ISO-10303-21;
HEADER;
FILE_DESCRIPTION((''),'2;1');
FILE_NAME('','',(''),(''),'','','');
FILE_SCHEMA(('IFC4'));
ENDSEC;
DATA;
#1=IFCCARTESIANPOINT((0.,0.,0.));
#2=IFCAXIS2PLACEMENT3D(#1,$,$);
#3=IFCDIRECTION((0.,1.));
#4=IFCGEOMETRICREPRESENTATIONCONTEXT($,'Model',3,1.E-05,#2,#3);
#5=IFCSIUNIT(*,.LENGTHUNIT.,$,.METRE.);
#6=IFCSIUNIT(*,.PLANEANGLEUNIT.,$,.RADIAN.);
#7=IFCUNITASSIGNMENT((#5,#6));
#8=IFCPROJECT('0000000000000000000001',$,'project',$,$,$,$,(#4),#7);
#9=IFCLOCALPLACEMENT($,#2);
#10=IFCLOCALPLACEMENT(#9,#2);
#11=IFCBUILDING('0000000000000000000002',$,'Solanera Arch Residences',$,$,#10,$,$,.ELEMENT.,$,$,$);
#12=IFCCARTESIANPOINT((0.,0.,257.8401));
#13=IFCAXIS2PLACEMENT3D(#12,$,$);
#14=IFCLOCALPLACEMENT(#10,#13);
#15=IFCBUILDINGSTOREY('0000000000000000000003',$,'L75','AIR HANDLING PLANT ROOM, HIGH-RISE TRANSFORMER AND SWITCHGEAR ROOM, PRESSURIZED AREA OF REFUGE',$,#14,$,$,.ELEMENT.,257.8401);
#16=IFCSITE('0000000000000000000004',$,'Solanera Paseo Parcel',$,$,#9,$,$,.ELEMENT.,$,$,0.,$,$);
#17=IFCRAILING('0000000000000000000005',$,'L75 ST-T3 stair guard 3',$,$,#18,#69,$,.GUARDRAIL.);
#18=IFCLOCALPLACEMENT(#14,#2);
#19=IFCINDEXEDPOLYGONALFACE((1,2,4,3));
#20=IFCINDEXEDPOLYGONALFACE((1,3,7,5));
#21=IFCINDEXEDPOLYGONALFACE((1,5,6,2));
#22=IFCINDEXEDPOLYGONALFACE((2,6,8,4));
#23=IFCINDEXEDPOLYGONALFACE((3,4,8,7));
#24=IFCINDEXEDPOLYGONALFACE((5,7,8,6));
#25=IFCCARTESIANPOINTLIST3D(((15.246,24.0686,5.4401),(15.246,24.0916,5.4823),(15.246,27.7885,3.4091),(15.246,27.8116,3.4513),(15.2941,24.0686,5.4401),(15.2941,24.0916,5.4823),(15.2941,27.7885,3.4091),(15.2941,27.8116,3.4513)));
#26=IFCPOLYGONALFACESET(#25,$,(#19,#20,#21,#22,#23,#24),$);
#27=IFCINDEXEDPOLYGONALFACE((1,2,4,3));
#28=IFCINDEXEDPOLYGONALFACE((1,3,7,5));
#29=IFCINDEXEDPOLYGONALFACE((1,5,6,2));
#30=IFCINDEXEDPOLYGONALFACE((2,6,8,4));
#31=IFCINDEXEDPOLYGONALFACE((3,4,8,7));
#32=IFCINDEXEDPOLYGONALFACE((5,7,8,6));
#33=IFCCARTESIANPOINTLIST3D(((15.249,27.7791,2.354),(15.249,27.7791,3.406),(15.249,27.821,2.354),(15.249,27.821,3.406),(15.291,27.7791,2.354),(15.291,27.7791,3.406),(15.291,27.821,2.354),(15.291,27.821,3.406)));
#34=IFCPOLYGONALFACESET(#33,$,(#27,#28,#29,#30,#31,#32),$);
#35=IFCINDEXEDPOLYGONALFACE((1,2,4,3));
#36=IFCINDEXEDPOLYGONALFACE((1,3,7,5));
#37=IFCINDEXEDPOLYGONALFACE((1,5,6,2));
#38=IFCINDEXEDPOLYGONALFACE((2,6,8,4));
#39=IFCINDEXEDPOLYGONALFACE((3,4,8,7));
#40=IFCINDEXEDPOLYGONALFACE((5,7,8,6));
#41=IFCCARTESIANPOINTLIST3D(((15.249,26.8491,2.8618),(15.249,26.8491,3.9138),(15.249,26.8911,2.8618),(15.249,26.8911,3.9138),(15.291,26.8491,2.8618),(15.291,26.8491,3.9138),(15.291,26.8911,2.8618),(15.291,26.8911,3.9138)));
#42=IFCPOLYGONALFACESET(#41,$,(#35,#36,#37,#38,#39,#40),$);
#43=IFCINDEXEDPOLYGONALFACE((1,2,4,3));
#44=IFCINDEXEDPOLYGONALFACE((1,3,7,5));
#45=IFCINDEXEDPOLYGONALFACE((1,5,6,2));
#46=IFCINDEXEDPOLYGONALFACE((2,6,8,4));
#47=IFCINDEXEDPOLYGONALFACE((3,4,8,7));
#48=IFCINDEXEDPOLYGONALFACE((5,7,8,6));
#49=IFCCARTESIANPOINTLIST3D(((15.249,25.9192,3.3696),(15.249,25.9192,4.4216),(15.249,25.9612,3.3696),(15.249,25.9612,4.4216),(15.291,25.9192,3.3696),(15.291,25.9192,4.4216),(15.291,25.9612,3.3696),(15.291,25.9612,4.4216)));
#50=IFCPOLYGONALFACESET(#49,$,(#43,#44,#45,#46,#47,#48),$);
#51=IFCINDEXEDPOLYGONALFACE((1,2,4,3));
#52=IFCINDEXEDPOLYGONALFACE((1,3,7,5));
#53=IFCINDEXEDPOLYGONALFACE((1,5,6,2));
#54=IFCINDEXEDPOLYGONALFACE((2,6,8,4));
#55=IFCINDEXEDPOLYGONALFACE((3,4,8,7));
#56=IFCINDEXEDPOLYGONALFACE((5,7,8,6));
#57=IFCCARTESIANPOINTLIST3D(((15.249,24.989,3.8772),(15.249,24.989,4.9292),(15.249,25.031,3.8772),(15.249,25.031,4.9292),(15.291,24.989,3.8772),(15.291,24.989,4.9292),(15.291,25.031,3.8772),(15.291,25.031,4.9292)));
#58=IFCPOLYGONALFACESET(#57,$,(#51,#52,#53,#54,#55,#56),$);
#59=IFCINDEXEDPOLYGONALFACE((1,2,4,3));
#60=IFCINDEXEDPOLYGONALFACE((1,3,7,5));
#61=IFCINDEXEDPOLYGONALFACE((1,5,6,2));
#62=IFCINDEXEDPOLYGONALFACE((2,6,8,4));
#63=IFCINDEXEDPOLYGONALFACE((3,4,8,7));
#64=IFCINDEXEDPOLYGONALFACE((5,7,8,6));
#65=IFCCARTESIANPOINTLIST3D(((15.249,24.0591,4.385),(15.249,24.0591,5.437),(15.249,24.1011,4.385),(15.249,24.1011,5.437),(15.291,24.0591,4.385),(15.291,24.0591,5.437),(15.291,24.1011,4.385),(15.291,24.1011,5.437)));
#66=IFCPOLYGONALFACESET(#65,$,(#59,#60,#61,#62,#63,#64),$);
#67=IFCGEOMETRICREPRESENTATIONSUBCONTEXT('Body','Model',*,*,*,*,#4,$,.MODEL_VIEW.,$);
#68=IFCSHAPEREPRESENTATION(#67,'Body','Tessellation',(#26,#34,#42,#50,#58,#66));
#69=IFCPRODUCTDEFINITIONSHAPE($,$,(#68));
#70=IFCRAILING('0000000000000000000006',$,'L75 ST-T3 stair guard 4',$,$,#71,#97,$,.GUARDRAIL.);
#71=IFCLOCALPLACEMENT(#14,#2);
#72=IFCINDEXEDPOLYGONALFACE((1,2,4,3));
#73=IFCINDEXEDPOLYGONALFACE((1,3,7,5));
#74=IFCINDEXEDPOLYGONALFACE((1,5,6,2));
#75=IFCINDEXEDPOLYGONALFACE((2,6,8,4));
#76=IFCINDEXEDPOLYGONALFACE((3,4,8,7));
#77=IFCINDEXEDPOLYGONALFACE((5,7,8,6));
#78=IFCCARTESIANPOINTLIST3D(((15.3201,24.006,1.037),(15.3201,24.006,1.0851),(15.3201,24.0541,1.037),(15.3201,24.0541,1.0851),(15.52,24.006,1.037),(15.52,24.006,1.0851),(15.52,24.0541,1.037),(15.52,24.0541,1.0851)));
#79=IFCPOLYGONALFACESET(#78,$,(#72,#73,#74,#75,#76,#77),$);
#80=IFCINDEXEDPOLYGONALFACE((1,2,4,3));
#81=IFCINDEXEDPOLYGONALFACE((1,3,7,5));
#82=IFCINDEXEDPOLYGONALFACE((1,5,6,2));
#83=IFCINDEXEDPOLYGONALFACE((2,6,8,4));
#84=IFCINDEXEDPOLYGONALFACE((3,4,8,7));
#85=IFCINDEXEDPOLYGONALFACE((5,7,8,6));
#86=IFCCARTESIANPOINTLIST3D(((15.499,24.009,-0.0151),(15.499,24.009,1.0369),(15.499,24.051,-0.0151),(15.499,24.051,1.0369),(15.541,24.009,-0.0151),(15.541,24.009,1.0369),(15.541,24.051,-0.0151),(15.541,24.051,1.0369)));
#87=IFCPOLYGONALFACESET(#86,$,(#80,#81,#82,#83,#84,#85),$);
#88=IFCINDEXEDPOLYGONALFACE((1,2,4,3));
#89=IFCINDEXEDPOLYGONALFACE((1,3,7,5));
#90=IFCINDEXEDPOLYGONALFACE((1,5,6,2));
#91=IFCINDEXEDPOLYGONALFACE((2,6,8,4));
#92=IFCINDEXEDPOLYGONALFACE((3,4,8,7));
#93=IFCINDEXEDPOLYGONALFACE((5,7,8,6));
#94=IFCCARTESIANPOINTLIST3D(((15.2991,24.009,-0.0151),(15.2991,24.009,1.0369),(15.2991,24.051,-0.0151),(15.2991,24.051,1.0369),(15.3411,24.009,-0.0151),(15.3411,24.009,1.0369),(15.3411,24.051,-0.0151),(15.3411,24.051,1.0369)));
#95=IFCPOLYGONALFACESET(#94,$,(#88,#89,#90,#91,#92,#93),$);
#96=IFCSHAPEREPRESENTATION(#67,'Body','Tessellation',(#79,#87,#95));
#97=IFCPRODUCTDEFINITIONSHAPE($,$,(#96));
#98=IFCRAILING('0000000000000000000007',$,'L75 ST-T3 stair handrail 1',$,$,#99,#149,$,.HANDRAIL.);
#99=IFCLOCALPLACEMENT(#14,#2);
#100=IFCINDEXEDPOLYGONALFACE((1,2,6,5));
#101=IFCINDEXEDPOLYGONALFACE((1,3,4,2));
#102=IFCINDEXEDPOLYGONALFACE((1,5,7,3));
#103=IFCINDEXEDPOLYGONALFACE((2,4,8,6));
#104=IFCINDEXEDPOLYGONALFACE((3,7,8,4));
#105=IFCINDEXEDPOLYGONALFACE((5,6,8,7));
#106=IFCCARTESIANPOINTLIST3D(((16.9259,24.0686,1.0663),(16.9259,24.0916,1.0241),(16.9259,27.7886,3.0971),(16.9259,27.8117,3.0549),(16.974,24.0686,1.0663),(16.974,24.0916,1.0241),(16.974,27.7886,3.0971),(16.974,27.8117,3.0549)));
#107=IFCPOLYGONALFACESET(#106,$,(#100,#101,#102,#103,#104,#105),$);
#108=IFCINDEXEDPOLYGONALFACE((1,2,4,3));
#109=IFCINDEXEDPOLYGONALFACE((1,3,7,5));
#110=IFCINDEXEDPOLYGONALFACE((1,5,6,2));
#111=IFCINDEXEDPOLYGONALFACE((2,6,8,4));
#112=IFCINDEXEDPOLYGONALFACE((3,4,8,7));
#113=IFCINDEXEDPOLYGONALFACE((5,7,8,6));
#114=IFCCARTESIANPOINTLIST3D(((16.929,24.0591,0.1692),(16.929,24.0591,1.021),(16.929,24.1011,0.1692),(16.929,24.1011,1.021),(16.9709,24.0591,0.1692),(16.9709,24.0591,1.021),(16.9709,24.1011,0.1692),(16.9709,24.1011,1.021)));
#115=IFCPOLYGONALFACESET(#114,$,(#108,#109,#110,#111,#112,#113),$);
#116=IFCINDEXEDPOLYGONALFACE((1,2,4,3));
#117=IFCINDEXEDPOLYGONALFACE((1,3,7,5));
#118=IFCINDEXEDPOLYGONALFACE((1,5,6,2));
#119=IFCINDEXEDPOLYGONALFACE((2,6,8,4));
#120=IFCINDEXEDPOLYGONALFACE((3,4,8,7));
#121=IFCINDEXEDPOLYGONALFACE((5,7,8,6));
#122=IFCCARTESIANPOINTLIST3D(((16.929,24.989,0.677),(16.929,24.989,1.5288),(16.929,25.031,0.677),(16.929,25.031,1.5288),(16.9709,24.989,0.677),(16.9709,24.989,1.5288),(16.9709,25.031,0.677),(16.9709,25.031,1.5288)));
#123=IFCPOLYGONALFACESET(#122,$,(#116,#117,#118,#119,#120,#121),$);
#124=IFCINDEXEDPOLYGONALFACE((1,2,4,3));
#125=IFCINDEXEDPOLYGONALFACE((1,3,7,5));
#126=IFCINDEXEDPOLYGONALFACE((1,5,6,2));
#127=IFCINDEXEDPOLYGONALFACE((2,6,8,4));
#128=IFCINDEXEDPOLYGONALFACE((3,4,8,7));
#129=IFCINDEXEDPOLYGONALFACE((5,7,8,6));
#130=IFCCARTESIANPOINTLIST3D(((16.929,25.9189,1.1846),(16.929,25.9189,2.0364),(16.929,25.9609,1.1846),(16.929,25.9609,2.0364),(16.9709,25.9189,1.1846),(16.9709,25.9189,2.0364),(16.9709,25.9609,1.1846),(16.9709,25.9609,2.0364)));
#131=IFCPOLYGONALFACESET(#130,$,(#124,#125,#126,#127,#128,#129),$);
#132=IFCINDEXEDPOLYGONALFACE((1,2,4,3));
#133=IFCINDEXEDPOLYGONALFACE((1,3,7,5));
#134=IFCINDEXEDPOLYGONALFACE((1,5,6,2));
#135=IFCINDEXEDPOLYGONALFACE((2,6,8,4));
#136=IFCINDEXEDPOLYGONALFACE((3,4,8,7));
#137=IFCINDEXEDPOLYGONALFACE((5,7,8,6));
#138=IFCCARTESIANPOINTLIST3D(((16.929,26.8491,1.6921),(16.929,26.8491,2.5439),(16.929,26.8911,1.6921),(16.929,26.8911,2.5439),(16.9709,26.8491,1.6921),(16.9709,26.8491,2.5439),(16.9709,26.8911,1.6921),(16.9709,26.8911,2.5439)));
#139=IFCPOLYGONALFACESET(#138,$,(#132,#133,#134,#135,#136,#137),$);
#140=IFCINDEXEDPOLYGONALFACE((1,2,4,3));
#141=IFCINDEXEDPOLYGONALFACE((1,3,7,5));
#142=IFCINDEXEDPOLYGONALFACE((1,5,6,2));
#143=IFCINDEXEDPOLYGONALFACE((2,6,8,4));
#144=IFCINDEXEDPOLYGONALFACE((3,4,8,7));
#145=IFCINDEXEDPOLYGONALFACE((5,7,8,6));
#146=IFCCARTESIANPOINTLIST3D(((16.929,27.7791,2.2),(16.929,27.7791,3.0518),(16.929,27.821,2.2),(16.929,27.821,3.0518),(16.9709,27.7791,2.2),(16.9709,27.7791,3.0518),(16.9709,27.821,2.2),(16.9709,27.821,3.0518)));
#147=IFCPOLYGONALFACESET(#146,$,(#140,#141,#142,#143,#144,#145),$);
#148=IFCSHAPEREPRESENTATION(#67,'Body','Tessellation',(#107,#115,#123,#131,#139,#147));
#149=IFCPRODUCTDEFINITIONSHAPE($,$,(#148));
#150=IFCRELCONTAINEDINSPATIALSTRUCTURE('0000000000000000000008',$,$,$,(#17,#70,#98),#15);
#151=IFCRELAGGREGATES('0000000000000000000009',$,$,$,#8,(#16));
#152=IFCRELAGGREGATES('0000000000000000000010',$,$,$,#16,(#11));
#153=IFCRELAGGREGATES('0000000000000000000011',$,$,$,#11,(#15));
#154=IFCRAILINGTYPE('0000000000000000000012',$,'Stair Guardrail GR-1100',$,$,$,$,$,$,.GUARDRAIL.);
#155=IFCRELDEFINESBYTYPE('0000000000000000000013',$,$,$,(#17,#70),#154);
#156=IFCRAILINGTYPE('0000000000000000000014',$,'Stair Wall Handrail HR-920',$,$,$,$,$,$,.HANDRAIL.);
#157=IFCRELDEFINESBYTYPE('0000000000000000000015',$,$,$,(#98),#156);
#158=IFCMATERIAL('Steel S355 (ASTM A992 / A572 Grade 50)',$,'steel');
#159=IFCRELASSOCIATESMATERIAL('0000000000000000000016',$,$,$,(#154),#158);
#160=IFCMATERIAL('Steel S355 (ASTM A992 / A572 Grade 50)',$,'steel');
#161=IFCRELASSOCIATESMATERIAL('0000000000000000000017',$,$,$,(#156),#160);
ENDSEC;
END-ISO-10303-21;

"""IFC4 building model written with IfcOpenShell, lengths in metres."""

from ifc_helpers import new_model, si_unit, direction, frame, origin, origin_2d, place, context, subcontext, project, spatial, rectangle, extrude, material, type_object, element, save


model = new_model("IFC4")

# Units and contexts
model_context = context("Model", 3, precision=1e-05, world=origin(), true_north=direction((0.0, 1.0)))
body_context = subcontext(model_context, "Body", "Model", "MODEL_VIEW")
ifc_project = project(units=[si_unit("LENGTHUNIT", "METRE"), si_unit("PLANEANGLEUNIT", "RADIAN")], contexts=[model_context])

# Site, building, storey
site_placement = place(None, origin())
site = spatial("IfcSite", under=ifc_project, at=site_placement, Name="Solanera Paseo Parcel", CompositionType="ELEMENT", RefElevation=0.0)
building_placement = place(site_placement, origin())
building = spatial("IfcBuilding", under=site, at=building_placement, Name="Solanera Arch Residences", CompositionType="ELEMENT")
storey_placement = place(building_placement, frame((0.0, 0.0, 257.8401)))
storey = spatial("IfcBuildingStorey", under=building, at=storey_placement, Name="L75", Description="AIR HANDLING PLANT ROOM, HIGH-RISE TRANSFORMER AND SWITCHGEAR ROOM, PRESSURIZED AREA OF REFUGE", CompositionType="ELEMENT", Elevation=257.8401)

# Railings
ifc_material_1 = material(Name="Steel S355 (ASTM A992 / A572 Grade 50)", Category="steel")
railing_type_1 = type_object("IfcRailingType", Name="Stair Guardrail GR-1100", PredefinedType="GUARDRAIL", material=ifc_material_1)
railing_1_placement = place(storey_placement, frame((15.27, 27.8, 2.354)))
element("IfcRailing", 1, at=railing_1_placement, inside=storey, type_object=railing_type_1, Name="L75 ST-T3 stair guard 3", PredefinedType="GUARDRAIL", context=body_context, shape_type="SweptSolid", body=[
    extrude(rectangle(XDim=0.0481, YDim=0.0481, at=origin_2d()), frame((0.0, 0.0, 1.0762), z_axis=(0.0, -0.877704, 0.479203), x_axis=(1.0, 0.0, 0.0)), (0.0, 0.0, 1.0), 4.2383),
    extrude(rectangle(XDim=0.042, YDim=0.042, at=origin_2d()), origin(), (0.0, 0.0, 1.0), 1.052),
    extrude(rectangle(XDim=0.042, YDim=0.042, at=origin_2d()), frame((0.0, -0.9299, 0.5078)), (0.0, 0.0, 1.0), 1.052),
    extrude(rectangle(XDim=0.042, YDim=0.042, at=origin_2d()), frame((0.0, -1.8599, 1.0156)), (0.0, 0.0, 1.0), 1.052),
    extrude(rectangle(XDim=0.042, YDim=0.042, at=origin_2d()), frame((0.0, -2.79, 1.5232)), (0.0, 0.0, 1.0), 1.052),
    extrude(rectangle(XDim=0.042, YDim=0.042, at=origin_2d()), frame((0.0, -3.72, 2.031)), (0.0, 0.0, 1.0), 1.052),
])
railing_2_placement = place(storey_placement, frame((15.52, 24.03, -0.0151)))
element("IfcRailing", 2, at=railing_2_placement, inside=storey, type_object=railing_type_1, Name="L75 ST-T3 stair guard 4", PredefinedType="GUARDRAIL", context=body_context, shape_type="SweptSolid", body=[
    extrude(rectangle(XDim=0.0481, YDim=0.0481, at=origin_2d()), frame((0.0, 0.0, 1.0762), z_axis=(-1.0, 0.0, 0.0), x_axis=(0.0, -1.0, 0.0)), (0.0, 0.0, 1.0), 0.2),
    extrude(rectangle(XDim=0.042, YDim=0.042, at=origin_2d()), origin(), (0.0, 0.0, 1.0), 1.052),
    extrude(rectangle(XDim=0.042, YDim=0.042, at=origin_2d()), frame((-0.2, 0.0, 0.0)), (0.0, 0.0, 1.0), 1.052),
])
ifc_material_2 = material(Name="Steel S355 (ASTM A992 / A572 Grade 50)", Category="steel")
railing_type_2 = type_object("IfcRailingType", Name="Stair Wall Handrail HR-920", PredefinedType="HANDRAIL", material=ifc_material_2)
railing_3_placement = place(storey_placement, frame((16.95, 24.0801, 0.1692)))
element("IfcRailing", 3, at=railing_3_placement, inside=storey, type_object=railing_type_2, Name="L75 ST-T3 stair handrail 1", PredefinedType="HANDRAIL", context=body_context, shape_type="SweptSolid", body=[
    extrude(rectangle(XDim=0.0481, YDim=0.0481, at=origin_2d()), frame((0.0, 0.0, 0.876), z_axis=(0.0, 0.877728, 0.479159), x_axis=(-1.0, 0.0, 0.0)), (0.0, 0.0, 1.0), 4.2383),
    extrude(rectangle(XDim=0.042, YDim=0.042, at=origin_2d()), origin(), (0.0, 0.0, 1.0), 0.8518),
    extrude(rectangle(XDim=0.042, YDim=0.042, at=origin_2d()), frame((0.0, 0.9299, 0.5078)), (0.0, 0.0, 1.0), 0.8518),
    extrude(rectangle(XDim=0.042, YDim=0.042, at=origin_2d()), frame((0.0, 1.8599, 1.0154)), (0.0, 0.0, 1.0), 0.8518),
    extrude(rectangle(XDim=0.042, YDim=0.042, at=origin_2d()), frame((0.0, 2.79, 1.5229)), (0.0, 0.0, 1.0), 0.8518),
    extrude(rectangle(XDim=0.042, YDim=0.042, at=origin_2d()), frame((0.0, 3.72, 2.0308)), (0.0, 0.0, 1.0), 0.8518),
])

save(model, "model.ifc")
